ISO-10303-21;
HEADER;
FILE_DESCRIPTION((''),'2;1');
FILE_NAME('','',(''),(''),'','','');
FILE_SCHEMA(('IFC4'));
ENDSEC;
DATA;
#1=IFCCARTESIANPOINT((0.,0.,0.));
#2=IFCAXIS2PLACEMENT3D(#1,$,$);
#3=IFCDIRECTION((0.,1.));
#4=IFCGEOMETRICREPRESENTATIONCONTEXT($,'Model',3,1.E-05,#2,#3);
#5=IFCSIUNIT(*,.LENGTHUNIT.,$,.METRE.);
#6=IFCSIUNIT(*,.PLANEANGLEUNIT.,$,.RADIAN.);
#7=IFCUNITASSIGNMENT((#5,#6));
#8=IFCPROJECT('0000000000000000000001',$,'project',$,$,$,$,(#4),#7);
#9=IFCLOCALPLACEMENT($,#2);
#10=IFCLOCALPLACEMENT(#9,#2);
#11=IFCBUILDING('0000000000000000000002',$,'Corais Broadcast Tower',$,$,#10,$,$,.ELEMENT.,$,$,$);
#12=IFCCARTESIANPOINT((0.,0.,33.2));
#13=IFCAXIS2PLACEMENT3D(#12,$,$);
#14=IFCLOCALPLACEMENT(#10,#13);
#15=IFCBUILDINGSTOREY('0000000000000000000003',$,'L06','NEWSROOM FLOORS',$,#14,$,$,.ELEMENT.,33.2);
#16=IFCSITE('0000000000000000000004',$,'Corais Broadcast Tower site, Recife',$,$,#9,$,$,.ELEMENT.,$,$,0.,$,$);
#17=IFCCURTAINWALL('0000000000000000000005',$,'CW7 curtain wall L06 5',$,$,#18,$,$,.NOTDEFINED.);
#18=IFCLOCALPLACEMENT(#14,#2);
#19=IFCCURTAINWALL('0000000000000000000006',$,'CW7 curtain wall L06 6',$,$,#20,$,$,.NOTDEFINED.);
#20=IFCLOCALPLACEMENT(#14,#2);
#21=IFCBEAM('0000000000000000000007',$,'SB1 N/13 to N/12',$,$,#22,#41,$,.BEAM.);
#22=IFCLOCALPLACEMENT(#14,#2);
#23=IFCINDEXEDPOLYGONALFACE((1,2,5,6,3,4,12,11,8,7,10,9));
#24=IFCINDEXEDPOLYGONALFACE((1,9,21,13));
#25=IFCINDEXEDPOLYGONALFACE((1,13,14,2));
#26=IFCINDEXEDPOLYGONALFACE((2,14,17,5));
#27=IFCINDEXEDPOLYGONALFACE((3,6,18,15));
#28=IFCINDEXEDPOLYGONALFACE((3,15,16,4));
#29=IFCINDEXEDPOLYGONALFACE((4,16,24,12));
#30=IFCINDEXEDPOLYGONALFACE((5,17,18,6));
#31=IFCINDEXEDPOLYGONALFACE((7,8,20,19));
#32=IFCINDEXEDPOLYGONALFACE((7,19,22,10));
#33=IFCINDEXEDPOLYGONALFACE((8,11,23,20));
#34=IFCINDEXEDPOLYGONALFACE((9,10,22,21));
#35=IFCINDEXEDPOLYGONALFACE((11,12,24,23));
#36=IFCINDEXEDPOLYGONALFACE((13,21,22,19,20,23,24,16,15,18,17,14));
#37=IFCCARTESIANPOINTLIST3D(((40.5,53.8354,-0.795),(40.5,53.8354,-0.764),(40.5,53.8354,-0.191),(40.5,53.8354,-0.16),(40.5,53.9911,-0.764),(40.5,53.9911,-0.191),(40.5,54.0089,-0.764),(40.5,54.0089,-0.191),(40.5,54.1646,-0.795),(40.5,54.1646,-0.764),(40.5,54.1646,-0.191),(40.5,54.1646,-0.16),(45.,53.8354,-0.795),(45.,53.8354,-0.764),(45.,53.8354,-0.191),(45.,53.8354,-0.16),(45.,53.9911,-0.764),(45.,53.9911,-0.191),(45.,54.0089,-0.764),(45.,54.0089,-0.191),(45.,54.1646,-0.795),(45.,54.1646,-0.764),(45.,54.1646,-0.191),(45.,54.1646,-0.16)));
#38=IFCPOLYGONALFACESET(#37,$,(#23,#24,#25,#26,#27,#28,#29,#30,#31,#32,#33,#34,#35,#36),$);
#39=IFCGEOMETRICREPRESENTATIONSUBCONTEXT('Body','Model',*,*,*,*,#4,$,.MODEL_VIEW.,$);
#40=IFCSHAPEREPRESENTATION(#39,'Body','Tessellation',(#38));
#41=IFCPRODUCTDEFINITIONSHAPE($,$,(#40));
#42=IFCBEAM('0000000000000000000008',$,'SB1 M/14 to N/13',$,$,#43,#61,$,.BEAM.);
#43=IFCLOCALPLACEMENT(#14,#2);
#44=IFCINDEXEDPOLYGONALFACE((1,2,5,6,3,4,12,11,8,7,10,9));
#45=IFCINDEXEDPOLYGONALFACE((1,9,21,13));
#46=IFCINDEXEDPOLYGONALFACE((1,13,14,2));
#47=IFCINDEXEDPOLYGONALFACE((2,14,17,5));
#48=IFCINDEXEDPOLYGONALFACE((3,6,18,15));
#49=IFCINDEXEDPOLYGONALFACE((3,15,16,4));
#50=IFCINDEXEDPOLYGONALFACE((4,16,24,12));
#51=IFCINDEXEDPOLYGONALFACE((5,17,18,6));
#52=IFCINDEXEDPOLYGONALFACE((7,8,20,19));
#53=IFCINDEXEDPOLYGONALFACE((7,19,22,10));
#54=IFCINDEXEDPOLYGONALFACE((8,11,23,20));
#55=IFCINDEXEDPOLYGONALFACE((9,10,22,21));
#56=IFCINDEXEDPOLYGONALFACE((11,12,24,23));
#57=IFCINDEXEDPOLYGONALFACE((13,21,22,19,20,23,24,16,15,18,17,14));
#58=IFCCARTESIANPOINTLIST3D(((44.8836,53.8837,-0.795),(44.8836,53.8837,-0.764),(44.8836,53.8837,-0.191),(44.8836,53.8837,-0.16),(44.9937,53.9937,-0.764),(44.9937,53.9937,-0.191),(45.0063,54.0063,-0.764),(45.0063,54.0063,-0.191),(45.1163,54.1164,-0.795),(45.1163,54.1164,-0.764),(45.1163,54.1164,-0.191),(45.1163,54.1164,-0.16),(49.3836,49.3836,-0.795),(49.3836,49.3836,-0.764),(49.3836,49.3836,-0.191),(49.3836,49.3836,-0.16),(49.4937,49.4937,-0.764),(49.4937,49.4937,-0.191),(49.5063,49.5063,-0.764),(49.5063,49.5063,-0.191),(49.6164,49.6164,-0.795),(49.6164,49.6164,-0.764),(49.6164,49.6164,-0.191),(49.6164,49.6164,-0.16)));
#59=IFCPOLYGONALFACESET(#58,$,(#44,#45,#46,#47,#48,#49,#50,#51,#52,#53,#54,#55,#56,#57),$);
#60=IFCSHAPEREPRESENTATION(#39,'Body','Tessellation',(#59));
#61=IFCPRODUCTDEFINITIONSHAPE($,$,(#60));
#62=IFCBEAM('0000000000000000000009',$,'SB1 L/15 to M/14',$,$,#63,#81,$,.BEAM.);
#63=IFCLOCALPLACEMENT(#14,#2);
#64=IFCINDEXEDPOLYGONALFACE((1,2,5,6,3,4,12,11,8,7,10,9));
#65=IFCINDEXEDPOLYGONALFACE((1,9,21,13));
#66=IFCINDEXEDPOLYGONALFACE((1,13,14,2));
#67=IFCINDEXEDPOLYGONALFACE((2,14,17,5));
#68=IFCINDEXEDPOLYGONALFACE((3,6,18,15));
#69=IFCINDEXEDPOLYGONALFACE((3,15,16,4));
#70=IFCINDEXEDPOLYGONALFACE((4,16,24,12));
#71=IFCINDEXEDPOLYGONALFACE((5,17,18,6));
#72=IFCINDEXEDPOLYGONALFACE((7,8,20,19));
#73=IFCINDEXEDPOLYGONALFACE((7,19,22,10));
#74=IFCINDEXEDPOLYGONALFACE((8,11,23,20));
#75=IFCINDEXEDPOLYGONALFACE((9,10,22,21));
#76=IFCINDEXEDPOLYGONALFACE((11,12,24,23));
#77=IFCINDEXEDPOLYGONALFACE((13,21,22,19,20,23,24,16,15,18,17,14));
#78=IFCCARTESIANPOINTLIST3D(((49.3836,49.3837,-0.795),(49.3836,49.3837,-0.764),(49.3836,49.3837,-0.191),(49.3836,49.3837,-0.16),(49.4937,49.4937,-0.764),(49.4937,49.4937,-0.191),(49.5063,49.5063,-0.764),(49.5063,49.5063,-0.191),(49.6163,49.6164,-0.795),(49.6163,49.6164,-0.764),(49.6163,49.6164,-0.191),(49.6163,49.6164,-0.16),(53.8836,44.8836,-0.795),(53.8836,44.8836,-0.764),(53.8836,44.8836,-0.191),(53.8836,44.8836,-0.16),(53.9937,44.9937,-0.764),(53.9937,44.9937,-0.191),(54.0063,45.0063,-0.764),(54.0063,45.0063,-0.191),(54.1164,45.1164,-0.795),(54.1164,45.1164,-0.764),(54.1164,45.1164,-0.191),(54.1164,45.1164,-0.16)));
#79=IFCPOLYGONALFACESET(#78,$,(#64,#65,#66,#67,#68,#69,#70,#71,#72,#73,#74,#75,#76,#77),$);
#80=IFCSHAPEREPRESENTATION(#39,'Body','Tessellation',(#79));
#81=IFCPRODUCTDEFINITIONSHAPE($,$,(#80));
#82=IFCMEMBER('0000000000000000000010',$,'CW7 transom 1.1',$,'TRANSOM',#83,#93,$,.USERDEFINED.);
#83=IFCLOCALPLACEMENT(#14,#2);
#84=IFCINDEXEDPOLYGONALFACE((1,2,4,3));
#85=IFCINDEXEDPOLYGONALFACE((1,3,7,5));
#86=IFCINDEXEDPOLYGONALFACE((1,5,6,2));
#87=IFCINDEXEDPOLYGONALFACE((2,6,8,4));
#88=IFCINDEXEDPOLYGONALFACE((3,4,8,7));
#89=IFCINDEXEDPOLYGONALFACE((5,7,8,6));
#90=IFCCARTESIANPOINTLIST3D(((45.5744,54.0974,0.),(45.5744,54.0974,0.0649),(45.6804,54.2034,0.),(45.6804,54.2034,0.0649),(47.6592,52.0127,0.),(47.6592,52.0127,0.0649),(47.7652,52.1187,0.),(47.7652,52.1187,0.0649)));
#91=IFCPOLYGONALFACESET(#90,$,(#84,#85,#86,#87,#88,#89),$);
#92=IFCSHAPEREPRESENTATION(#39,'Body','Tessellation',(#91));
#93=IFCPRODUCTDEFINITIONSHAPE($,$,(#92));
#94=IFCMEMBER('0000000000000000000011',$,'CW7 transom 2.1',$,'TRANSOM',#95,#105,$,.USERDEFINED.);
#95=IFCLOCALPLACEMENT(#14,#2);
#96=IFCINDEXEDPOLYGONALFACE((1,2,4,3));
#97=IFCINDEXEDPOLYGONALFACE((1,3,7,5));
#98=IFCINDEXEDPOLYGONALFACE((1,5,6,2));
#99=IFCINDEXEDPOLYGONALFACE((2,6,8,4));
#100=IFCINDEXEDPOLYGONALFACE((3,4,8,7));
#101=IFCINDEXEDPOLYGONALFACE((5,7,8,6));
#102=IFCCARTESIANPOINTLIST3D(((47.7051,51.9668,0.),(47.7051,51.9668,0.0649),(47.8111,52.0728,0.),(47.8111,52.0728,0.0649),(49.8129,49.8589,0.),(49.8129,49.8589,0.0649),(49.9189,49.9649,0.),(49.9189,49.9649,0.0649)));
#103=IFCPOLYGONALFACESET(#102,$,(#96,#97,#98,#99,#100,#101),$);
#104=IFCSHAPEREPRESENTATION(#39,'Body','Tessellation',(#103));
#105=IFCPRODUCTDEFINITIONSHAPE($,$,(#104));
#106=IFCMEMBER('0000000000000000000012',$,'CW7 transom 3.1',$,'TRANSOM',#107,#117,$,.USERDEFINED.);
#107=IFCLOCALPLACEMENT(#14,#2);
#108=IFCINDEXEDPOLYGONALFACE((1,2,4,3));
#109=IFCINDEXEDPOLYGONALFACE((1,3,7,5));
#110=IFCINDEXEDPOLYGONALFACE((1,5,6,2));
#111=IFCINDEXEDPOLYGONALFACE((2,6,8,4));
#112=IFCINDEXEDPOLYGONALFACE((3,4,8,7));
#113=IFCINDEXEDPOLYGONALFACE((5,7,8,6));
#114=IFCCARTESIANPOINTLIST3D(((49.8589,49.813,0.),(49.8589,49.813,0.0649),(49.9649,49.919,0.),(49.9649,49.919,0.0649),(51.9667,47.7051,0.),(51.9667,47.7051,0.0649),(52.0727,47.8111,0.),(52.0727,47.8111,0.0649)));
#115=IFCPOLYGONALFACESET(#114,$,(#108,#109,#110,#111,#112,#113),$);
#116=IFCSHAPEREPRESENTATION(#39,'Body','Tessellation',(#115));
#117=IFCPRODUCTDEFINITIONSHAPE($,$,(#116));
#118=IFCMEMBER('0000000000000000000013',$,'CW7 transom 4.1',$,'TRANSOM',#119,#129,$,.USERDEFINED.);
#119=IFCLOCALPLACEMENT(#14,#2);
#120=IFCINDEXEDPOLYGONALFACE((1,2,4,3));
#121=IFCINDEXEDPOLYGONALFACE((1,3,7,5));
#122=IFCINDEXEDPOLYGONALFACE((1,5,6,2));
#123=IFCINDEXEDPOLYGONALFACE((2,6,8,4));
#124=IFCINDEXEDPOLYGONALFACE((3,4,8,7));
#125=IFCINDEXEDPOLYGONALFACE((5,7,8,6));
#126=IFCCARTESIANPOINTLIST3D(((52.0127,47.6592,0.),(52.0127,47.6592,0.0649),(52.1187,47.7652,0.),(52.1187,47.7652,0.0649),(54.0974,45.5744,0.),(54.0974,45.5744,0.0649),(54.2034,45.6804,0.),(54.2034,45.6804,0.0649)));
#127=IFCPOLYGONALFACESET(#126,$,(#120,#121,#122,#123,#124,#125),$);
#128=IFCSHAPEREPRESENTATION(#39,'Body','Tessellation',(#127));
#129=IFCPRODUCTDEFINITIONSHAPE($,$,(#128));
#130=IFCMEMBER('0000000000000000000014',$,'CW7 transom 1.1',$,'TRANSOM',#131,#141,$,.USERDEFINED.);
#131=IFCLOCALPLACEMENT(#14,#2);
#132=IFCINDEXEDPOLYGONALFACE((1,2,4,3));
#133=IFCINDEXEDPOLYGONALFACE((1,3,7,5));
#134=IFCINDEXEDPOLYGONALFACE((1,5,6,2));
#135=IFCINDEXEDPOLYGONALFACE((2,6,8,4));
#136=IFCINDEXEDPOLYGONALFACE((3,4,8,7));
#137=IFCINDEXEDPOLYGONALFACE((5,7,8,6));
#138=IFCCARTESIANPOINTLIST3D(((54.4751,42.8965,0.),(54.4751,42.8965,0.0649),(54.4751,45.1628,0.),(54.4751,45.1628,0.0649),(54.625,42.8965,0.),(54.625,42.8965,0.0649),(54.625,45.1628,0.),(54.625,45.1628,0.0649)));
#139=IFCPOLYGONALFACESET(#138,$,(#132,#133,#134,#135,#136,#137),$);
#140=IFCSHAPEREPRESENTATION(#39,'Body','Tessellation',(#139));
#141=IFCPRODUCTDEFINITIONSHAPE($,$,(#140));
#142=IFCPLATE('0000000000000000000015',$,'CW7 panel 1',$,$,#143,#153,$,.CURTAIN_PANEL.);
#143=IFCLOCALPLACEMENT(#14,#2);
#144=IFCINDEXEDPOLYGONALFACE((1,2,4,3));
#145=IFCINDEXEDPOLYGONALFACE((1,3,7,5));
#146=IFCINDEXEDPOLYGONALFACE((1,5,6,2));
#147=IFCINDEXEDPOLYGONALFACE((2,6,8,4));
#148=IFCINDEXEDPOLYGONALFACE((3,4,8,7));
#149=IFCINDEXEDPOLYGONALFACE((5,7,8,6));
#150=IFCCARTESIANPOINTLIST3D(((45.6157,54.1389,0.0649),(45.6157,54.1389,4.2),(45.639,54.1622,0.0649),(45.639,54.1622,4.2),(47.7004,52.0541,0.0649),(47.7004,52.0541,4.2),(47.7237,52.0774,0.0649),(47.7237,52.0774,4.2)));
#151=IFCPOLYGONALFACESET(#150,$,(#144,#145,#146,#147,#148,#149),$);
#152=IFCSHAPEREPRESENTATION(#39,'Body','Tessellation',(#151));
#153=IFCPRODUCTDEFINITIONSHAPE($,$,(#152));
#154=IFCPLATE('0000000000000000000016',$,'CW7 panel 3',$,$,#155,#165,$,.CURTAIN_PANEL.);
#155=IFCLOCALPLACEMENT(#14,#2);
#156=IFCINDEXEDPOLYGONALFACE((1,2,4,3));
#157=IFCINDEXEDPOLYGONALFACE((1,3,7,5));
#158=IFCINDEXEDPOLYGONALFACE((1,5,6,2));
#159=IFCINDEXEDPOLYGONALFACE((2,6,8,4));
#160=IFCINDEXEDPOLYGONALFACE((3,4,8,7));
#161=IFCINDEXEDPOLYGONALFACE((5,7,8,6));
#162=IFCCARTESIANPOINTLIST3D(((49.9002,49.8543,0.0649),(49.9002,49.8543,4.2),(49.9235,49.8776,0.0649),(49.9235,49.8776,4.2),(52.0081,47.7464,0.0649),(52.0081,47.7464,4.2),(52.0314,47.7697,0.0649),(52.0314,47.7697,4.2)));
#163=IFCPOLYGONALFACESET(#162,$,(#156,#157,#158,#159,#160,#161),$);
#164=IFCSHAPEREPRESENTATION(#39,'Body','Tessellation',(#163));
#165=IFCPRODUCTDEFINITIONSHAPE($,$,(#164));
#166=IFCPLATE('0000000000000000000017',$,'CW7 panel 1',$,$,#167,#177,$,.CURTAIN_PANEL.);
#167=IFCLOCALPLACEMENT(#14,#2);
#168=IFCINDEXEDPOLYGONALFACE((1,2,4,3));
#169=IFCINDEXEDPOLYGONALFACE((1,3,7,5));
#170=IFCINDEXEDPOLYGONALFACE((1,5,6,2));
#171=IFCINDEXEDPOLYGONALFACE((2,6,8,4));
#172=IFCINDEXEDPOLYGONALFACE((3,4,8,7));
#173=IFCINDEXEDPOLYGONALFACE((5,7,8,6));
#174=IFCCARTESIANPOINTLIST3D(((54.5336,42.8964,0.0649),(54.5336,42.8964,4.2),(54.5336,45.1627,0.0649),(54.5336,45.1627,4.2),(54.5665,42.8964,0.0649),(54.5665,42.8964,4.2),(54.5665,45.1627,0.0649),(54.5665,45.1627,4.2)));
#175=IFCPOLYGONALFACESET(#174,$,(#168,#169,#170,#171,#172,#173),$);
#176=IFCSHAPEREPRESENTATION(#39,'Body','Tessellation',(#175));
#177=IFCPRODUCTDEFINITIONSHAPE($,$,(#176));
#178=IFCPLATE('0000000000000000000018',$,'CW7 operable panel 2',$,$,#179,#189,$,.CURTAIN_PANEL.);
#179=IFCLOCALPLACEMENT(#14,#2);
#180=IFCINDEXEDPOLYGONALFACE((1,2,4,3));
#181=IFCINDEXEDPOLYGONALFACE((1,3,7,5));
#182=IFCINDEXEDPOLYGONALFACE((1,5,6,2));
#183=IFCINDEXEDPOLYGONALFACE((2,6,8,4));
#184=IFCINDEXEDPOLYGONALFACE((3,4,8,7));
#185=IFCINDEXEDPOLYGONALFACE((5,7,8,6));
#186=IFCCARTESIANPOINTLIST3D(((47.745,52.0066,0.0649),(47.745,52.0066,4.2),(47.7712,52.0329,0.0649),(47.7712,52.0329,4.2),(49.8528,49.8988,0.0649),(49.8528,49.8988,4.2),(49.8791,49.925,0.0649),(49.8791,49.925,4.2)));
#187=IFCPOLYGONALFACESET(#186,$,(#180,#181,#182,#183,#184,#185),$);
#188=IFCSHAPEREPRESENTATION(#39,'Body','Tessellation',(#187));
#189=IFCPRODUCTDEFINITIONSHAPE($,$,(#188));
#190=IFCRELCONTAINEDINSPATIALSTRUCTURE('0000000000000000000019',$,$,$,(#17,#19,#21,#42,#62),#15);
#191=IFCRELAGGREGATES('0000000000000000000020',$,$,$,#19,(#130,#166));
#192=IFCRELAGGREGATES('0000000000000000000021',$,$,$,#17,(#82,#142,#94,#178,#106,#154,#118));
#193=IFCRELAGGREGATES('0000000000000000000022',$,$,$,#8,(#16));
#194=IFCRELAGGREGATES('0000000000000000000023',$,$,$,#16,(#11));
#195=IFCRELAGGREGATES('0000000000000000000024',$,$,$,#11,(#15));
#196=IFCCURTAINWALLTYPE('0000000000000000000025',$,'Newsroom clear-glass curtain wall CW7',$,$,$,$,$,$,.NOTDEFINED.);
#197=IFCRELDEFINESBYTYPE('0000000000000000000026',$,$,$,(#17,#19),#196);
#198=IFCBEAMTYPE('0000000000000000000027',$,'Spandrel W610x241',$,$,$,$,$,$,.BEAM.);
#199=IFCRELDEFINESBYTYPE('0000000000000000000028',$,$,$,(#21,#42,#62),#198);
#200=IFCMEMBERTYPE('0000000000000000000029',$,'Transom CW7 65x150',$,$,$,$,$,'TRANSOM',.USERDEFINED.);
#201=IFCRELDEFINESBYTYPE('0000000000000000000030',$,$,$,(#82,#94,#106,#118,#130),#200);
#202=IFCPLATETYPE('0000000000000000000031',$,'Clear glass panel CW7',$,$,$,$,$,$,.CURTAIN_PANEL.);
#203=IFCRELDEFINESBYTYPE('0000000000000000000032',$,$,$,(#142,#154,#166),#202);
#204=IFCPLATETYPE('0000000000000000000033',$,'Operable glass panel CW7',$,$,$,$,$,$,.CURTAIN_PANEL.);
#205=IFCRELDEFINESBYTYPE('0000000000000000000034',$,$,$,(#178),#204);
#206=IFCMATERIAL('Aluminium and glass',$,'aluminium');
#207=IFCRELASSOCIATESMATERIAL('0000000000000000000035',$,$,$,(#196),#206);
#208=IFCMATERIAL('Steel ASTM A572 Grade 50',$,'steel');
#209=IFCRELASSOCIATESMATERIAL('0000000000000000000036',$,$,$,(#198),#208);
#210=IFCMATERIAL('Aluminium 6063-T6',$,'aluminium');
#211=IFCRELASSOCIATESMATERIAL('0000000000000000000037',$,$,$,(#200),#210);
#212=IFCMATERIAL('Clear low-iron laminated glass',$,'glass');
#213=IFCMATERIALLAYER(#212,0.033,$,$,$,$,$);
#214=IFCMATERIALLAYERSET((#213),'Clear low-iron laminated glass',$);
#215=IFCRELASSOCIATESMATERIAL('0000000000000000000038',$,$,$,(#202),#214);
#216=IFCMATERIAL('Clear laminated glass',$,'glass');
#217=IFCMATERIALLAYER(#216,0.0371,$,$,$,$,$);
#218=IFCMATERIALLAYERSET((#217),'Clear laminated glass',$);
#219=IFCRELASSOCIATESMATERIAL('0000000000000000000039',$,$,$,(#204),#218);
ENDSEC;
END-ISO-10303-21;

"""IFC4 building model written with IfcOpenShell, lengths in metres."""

from ifc_helpers import new_model, si_unit, direction, frame, origin, origin_2d, place, context, subcontext, project, spatial, rectangle, i_section, extrude, material, layer, layer_set, material_profile, profile_set, type_object, element, aggregate, save


model = new_model("IFC4")

# Units and contexts
model_context = context("Model", 3, precision=1e-05, world=origin(), true_north=direction((0.0, 1.0)))
body_context = subcontext(model_context, "Body", "Model", "MODEL_VIEW")
ifc_project = project(units=[si_unit("LENGTHUNIT", "METRE"), si_unit("PLANEANGLEUNIT", "RADIAN")], contexts=[model_context])

# Site, building, storey
site_placement = place(None, origin())
site = spatial("IfcSite", under=ifc_project, at=site_placement, Name="Corais Broadcast Tower site, Recife", CompositionType="ELEMENT", RefElevation=0.0)
building_placement = place(site_placement, origin())
building = spatial("IfcBuilding", under=site, at=building_placement, Name="Corais Broadcast Tower", CompositionType="ELEMENT")
storey_placement = place(building_placement, frame((0.0, 0.0, 33.2)))
storey = spatial("IfcBuildingStorey", under=building, at=storey_placement, Name="L06", Description="NEWSROOM FLOORS", CompositionType="ELEMENT", Elevation=33.2)

# Shared definitions
ifc_material_1 = material(Name="Aluminium and glass", Category="aluminium")
curtain_wall_type = type_object("IfcCurtainWallType", Name="Newsroom clear-glass curtain wall CW7", PredefinedType="NOTDEFINED", material=ifc_material_1)

# Curtain wall
curtain_wall_1_placement = place(storey_placement, origin())
curtain_wall_1 = element("IfcCurtainWall", 1, at=curtain_wall_1_placement, inside=storey, type_object=curtain_wall_type, Name="CW7 curtain wall L06 5", PredefinedType="NOTDEFINED")

# Curtain wall
curtain_wall_2_placement = place(storey_placement, origin())
curtain_wall_2 = element("IfcCurtainWall", 2, at=curtain_wall_2_placement, inside=storey, type_object=curtain_wall_type, Name="CW7 curtain wall L06 6", PredefinedType="NOTDEFINED")

# Beams
ifc_material_2 = material(Name="Steel ASTM A572 Grade 50", Category="steel")
ifc_material_profile_1 = material_profile(ifc_material_2, i_section(OverallWidth=0.3291, OverallDepth=0.635, WebThickness=0.0178, FlangeThickness=0.031, at=origin_2d()), Name="W610x241")
ifc_profile_set_1 = profile_set([ifc_material_profile_1], Name="Steel ASTM A572 Grade 50")
beam_type_1 = type_object("IfcBeamType", Name="Spandrel W610x241", PredefinedType="BEAM", material=ifc_profile_set_1)
beam_1_placement = place(storey_placement, frame((45.0, 54.0, -0.4775), z_axis=(-1.0, 0.0, 0.0), x_axis=(0.0, -1.0, 0.0)))
element("IfcBeam", 3, at=beam_1_placement, inside=storey, type_object=beam_type_1, Name="SB1 N/13 to N/12", PredefinedType="BEAM", context=body_context, shape_type="SweptSolid", body=[
    extrude(i_section(OverallWidth=0.3291, OverallDepth=0.635, WebThickness=0.0178, FlangeThickness=0.031, at=origin_2d()), origin(), (0.0, 0.0, 1.0), 4.5),
])
for number, where, z_axis, x_axis, name in (
    (4, (49.5, 49.5, -0.4775), (-0.707107, 0.707107, 0.0), (-0.707107, -0.707107, 0.0), "SB1 M/14 to N/13"),
    (5, (54.0, 45.0, -0.4775), (-0.707107, 0.707107, 0.0), (-0.707107, -0.707107, 0.0), "SB1 L/15 to M/14"),
):
    element("IfcBeam", number, at=place(storey_placement, frame(where, z_axis=z_axis, x_axis=x_axis)), inside=storey, type_object=beam_type_1, Name=name, PredefinedType="BEAM", context=body_context, shape_type="SweptSolid", body=[
        extrude(i_section(OverallWidth=0.3291, OverallDepth=0.635, WebThickness=0.0178, FlangeThickness=0.031, at=origin_2d()), origin(), (0.0, 0.0, 1.0), 6.364),
    ])

# Members
ifc_material_3 = material(Name="Aluminium 6063-T6", Category="aluminium")
ifc_material_profile_2 = material_profile(ifc_material_3, rectangle(XDim=0.1499, YDim=0.0649, at=origin_2d()), Name="Transom CW7 65x150")
ifc_profile_set_2 = profile_set([ifc_material_profile_2], Name="Aluminium 6063-T6")
member_type_1 = type_object("IfcMemberType", Name="Transom CW7 65x150", ElementType="TRANSOM", PredefinedType="USERDEFINED", material=ifc_profile_set_2)
member_1_placement = place(storey_placement, frame((45.6274, 54.1504, 0.0325), z_axis=(0.707107, -0.707107, 0.0), x_axis=(0.707107, 0.707107, 0.0)))
member_1 = element("IfcMember", 6, at=member_1_placement, type_object=member_type_1, Name="CW7 transom 1.1", ObjectType="TRANSOM", PredefinedType="USERDEFINED", context=body_context, shape_type="SweptSolid", body=[
    extrude(rectangle(XDim=0.1499, YDim=0.0649, at=origin_2d()), origin(), (0.0, 0.0, 1.0), 2.9482),
])
member_2_placement = place(storey_placement, frame((47.7581, 52.0198, 0.0325), z_axis=(0.707107, -0.707107, 0.0), x_axis=(0.707107, 0.707107, 0.0)))
member_2 = element("IfcMember", 7, at=member_2_placement, type_object=member_type_1, Name="CW7 transom 2.1", ObjectType="TRANSOM", PredefinedType="USERDEFINED", context=body_context, shape_type="SweptSolid", body=[
    extrude(rectangle(XDim=0.1499, YDim=0.0649, at=origin_2d()), origin(), (0.0, 0.0, 1.0), 2.981),
])
member_3_placement = place(storey_placement, frame((49.9119, 49.866, 0.0325), z_axis=(0.707107, -0.707107, 0.0), x_axis=(0.707107, 0.707107, 0.0)))
member_3 = element("IfcMember", 8, at=member_3_placement, type_object=member_type_1, Name="CW7 transom 3.1", ObjectType="TRANSOM", PredefinedType="USERDEFINED", context=body_context, shape_type="SweptSolid", body=[
    extrude(rectangle(XDim=0.1499, YDim=0.0649, at=origin_2d()), origin(), (0.0, 0.0, 1.0), 2.981),
])
member_4_placement = place(storey_placement, frame((52.0657, 47.7122, 0.0325), z_axis=(0.707107, -0.707107, 0.0), x_axis=(0.707107, 0.707107, 0.0)))
member_4 = element("IfcMember", 9, at=member_4_placement, type_object=member_type_1, Name="CW7 transom 4.1", ObjectType="TRANSOM", PredefinedType="USERDEFINED", context=body_context, shape_type="SweptSolid", body=[
    extrude(rectangle(XDim=0.1499, YDim=0.0649, at=origin_2d()), origin(), (0.0, 0.0, 1.0), 2.9482),
])
member_5_placement = place(storey_placement, frame((54.55, 45.1628, 0.0325), z_axis=(0.0, -1.0, 0.0), x_axis=(1.0, 0.0, 0.0)))
member_5 = element("IfcMember", 10, at=member_5_placement, type_object=member_type_1, Name="CW7 transom 1.1", ObjectType="TRANSOM", PredefinedType="USERDEFINED", context=body_context, shape_type="SweptSolid", body=[
    extrude(rectangle(XDim=0.1499, YDim=0.0649, at=origin_2d()), origin(), (0.0, 0.0, 1.0), 2.2664),
])

# Plates
ifc_material_4 = material(Name="Clear low-iron laminated glass", Category="glass")
ifc_layer_1 = layer(ifc_material_4, 0.033)
ifc_layer_set_1 = layer_set([ifc_layer_1], Name="Clear low-iron laminated glass")
plate_type_1 = type_object("IfcPlateType", Name="Clear glass panel CW7", PredefinedType="CURTAIN_PANEL", material=ifc_layer_set_1)
plate_1_placement = place(storey_placement, frame((46.6697, 53.1082, 0.0649), z_axis=(0.0, 0.0, 1.0), x_axis=(0.707107, -0.707107, 0.0)))
plate_1 = element("IfcPlate", 11, at=plate_1_placement, type_object=plate_type_1, Name="CW7 panel 1", PredefinedType="CURTAIN_PANEL", context=body_context, shape_type="SweptSolid", body=[
    extrude(rectangle(XDim=2.9482, YDim=0.033, at=origin_2d()), origin(), (0.0, 0.0, 1.0), 4.135),
])
plate_2_placement = place(storey_placement, frame((50.9658, 48.812, 0.0649), z_axis=(0.0, 0.0, 1.0), x_axis=(0.707107, -0.707107, 0.0)))
plate_2 = element("IfcPlate", 12, at=plate_2_placement, type_object=plate_type_1, Name="CW7 panel 3", PredefinedType="CURTAIN_PANEL", context=body_context, shape_type="SweptSolid", body=[
    extrude(rectangle(XDim=2.981, YDim=0.033, at=origin_2d()), origin(), (0.0, 0.0, 1.0), 4.135),
])
plate_3_placement = place(storey_placement, frame((54.55, 44.0295, 0.0649), z_axis=(0.0, 0.0, 1.0), x_axis=(0.0, -1.0, 0.0)))
plate_3 = element("IfcPlate", 13, at=plate_3_placement, type_object=plate_type_1, Name="CW7 panel 1", PredefinedType="CURTAIN_PANEL", context=body_context, shape_type="SweptSolid", body=[
    extrude(rectangle(XDim=2.2664, YDim=0.033, at=origin_2d()), origin(), (0.0, 0.0, 1.0), 4.135),
])
aggregate(curtain_wall_2, [member_5, plate_3])
ifc_material_5 = material(Name="Clear laminated glass", Category="glass")
ifc_layer_2 = layer(ifc_material_5, 0.0371)
ifc_layer_set_2 = layer_set([ifc_layer_2], Name="Clear laminated glass")
plate_type_2 = type_object("IfcPlateType", Name="Operable glass panel CW7", PredefinedType="CURTAIN_PANEL", material=ifc_layer_set_2)
plate_4_placement = place(storey_placement, frame((48.812, 50.9658, 0.0649), z_axis=(0.0, 0.0, 1.0), x_axis=(0.707107, -0.707107, 0.0)))
plate_4 = element("IfcPlate", 14, at=plate_4_placement, type_object=plate_type_2, Name="CW7 operable panel 2", PredefinedType="CURTAIN_PANEL", context=body_context, shape_type="SweptSolid", body=[
    extrude(rectangle(XDim=2.981, YDim=0.0371, at=origin_2d()), origin(), (0.0, 0.0, 1.0), 4.135),
])
aggregate(curtain_wall_1, [member_1, plate_1, member_2, plate_4, member_3, plate_2, member_4])

save(model, "model.ifc")
